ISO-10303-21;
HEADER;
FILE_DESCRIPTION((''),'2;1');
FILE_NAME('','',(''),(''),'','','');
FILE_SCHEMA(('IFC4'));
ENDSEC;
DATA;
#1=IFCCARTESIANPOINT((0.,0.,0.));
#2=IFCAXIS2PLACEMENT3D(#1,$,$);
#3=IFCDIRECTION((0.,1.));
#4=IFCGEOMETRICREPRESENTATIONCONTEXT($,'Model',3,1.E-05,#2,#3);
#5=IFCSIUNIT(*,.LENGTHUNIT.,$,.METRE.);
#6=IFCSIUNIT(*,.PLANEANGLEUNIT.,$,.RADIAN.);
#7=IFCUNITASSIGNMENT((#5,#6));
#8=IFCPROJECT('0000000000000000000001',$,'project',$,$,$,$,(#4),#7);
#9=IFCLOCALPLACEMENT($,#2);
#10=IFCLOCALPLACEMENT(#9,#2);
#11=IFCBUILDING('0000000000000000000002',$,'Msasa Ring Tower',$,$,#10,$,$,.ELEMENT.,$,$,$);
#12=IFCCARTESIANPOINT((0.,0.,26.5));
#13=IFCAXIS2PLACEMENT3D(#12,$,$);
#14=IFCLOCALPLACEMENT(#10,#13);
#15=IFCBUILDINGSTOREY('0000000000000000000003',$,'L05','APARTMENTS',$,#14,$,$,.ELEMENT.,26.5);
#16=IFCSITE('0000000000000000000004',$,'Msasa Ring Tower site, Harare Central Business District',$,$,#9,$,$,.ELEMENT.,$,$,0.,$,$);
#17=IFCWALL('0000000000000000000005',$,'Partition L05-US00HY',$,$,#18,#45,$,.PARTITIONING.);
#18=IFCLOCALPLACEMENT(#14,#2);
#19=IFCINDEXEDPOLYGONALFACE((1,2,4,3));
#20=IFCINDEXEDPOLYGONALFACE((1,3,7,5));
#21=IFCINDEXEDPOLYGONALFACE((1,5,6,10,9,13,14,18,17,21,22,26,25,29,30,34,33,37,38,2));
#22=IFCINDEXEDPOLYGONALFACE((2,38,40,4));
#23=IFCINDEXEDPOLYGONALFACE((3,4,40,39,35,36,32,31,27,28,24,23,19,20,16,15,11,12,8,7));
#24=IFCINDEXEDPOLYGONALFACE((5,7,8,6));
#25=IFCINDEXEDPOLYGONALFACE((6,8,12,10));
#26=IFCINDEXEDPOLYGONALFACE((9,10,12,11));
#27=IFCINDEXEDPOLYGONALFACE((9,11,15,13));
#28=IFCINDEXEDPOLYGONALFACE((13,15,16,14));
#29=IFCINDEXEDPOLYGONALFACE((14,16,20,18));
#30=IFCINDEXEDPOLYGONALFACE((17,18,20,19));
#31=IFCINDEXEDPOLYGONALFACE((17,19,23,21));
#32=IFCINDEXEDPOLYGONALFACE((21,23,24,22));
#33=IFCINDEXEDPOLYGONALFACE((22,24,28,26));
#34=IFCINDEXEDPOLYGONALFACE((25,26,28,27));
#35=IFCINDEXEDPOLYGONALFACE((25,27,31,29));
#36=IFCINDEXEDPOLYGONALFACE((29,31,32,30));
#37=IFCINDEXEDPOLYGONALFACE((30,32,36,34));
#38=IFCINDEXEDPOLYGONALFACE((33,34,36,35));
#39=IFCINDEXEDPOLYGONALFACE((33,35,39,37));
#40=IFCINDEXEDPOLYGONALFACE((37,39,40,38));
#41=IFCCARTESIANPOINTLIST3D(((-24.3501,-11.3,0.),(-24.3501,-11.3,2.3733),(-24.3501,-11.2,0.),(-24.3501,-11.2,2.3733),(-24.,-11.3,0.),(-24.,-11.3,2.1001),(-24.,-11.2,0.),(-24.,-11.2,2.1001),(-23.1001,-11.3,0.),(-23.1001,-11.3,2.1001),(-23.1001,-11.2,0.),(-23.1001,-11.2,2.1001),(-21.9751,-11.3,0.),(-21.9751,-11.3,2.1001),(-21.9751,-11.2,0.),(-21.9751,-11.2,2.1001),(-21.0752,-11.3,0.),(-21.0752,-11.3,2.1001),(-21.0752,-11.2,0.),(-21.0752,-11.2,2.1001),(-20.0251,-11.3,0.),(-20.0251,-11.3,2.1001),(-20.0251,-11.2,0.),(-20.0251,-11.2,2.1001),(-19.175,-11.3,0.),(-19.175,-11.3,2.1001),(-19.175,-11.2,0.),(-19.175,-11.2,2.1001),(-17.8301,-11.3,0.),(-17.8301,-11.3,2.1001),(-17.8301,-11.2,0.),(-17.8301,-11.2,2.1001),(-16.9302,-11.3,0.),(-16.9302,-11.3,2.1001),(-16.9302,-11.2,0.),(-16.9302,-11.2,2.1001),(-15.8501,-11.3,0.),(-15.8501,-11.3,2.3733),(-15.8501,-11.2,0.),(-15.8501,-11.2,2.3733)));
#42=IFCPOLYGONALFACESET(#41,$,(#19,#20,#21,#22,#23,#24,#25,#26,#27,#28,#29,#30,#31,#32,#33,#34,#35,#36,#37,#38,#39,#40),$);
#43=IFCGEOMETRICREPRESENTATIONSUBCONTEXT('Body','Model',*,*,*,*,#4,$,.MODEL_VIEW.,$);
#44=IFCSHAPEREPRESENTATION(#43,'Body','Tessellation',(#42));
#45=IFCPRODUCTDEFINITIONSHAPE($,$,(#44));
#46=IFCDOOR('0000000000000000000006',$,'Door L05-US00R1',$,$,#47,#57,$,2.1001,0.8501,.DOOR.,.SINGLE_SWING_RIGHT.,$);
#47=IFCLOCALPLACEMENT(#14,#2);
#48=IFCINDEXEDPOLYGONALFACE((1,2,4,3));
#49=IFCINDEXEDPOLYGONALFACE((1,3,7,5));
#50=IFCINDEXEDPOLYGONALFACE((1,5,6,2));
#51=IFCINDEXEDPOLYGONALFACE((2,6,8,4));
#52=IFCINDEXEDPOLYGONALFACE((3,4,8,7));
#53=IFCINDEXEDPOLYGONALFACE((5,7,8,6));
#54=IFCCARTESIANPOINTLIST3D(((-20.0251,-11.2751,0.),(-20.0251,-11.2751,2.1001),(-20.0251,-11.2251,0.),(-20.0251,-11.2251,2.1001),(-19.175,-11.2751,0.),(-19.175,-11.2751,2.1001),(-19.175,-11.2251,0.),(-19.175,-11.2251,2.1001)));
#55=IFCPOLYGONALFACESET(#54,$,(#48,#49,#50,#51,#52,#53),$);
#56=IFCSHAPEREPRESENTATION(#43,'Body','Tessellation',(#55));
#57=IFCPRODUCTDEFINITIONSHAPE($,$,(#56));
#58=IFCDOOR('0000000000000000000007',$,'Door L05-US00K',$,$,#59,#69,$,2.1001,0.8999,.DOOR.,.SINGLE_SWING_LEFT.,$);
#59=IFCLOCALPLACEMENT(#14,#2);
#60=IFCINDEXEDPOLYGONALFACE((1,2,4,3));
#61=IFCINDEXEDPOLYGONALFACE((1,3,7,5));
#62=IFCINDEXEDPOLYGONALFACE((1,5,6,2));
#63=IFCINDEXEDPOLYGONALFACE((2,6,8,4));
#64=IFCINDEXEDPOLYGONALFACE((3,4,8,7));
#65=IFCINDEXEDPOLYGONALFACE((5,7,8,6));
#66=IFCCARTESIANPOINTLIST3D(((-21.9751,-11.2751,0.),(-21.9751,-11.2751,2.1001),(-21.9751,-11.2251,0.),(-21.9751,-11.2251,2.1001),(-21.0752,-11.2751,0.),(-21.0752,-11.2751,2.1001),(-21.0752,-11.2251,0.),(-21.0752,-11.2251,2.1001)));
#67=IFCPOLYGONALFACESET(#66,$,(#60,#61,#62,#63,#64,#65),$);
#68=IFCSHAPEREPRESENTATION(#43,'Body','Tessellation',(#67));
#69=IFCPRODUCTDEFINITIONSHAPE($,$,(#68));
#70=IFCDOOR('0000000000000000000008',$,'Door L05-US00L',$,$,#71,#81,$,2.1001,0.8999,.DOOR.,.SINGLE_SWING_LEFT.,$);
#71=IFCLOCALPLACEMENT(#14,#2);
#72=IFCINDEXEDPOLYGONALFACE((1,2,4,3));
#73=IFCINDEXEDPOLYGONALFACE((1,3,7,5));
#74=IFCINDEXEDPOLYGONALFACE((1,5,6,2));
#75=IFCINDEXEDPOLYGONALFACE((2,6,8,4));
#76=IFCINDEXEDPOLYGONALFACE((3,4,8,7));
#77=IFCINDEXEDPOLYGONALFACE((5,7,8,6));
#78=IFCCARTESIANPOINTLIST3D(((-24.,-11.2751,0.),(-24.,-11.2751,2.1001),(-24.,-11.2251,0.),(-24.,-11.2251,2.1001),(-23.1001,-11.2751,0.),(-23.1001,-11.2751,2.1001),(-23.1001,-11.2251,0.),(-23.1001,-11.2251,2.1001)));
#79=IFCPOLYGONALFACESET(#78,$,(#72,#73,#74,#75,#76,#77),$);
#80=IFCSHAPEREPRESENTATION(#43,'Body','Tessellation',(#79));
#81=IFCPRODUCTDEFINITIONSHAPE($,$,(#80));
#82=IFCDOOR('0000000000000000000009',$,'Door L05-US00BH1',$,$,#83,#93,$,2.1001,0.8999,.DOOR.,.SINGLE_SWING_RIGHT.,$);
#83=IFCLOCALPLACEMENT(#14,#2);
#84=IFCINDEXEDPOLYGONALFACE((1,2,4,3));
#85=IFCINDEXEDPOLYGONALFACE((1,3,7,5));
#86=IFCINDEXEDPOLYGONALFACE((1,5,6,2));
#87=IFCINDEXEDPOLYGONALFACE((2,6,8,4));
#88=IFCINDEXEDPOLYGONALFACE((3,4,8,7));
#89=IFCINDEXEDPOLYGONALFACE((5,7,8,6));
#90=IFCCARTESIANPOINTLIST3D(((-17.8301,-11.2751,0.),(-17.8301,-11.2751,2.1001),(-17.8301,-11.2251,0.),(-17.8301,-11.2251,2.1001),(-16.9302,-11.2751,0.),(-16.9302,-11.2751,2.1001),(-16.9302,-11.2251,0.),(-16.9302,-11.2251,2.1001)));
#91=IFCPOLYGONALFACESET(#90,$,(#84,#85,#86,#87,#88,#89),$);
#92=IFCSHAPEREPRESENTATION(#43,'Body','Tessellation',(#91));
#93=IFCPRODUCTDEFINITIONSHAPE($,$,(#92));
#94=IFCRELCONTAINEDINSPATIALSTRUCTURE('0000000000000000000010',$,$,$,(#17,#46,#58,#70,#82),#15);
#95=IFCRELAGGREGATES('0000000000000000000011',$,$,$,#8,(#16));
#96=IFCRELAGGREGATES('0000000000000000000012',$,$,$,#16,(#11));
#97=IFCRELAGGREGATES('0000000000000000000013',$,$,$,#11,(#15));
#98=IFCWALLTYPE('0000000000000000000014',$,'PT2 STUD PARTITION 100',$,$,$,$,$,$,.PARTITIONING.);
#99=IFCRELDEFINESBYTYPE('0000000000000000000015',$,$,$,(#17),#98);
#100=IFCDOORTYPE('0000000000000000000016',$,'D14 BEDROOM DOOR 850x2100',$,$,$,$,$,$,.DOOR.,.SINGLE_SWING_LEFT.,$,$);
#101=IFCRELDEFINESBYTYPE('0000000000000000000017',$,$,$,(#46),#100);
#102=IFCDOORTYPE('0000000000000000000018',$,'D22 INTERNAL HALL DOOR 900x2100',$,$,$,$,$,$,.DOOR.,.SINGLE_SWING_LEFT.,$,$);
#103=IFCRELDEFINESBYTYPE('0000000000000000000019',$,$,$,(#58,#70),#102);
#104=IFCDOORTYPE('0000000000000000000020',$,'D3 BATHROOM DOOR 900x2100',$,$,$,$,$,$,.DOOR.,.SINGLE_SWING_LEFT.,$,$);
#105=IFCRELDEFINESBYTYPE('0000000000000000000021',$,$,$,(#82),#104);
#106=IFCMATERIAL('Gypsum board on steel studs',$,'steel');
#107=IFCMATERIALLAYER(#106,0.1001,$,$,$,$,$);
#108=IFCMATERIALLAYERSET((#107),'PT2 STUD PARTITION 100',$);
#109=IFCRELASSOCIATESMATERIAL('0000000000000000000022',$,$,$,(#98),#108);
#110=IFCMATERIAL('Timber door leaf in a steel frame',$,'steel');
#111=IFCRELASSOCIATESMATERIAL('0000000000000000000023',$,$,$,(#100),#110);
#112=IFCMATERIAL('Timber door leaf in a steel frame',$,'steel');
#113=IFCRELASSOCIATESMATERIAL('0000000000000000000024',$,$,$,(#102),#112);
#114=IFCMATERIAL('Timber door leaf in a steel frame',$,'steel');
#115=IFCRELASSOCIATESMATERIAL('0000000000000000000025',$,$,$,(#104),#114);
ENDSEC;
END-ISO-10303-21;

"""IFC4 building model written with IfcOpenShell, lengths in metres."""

from ifc_helpers import new_model, si_unit, direction, frame, frame_2d, origin, place, context, subcontext, project, spatial, rectangle, extrude, material, layer, layer_set, type_object, element, fill, save


model = new_model("IFC4")

# Units and contexts
model_context = context("Model", 3, precision=1e-05, world=origin(), true_north=direction((0.0, 1.0)))
body_context = subcontext(model_context, "Body", "Model", "MODEL_VIEW")
ifc_project = project(units=[si_unit("LENGTHUNIT", "METRE"), si_unit("PLANEANGLEUNIT", "RADIAN")], contexts=[model_context])

# Site, building, storey
site_placement = place(None, origin())
site = spatial("IfcSite", under=ifc_project, at=site_placement, Name="Msasa Ring Tower site, Harare Central Business District", CompositionType="ELEMENT", RefElevation=0.0)
building_placement = place(site_placement, origin())
building = spatial("IfcBuilding", under=site, at=building_placement, Name="Msasa Ring Tower", CompositionType="ELEMENT")
storey_placement = place(building_placement, frame((0.0, 0.0, 26.5)))
storey = spatial("IfcBuildingStorey", under=building, at=storey_placement, Name="L05", Description="APARTMENTS", CompositionType="ELEMENT", Elevation=26.5)

# Wall, openings, doors
ifc_material_1 = material(Name="Gypsum board on steel studs", Category="steel")
ifc_layer_1 = layer(ifc_material_1, 0.1001)
ifc_layer_set_1 = layer_set([ifc_layer_1], Name="PT2 STUD PARTITION 100")
wall_type_1 = type_object("IfcWallType", Name="PT2 STUD PARTITION 100", PredefinedType="PARTITIONING", material=ifc_layer_set_1)
wall_1_placement = place(storey_placement, frame((-24.3501, -11.25, 0.0), z_axis=(0.0, 0.0, 1.0), x_axis=(1.0, 0.0, 0.0)))
wall_1 = element("IfcWall", 1, at=wall_1_placement, inside=storey, type_object=wall_type_1, Name="Partition L05-US00HY", PredefinedType="PARTITIONING", context=body_context, shape_type="SweptSolid", body=[
    extrude(rectangle(XDim=8.5, YDim=0.1001, at=frame_2d((4.25, 0.0))), origin(), (0.0, 0.0, 1.0), 2.3733),
])
opening_1_placement = place(wall_1_placement, frame((2.375, 0.0, 0.0)))
opening_1 = element("IfcOpeningElement", 2, at=opening_1_placement, cuts=wall_1, PredefinedType="OPENING", context=body_context, shape_type="SweptSolid", body=[
    extrude(rectangle(XDim=0.8999, YDim=2.1001, at=frame_2d((0.45, 1.05))), frame((0.0, 0.0601, 0.0), z_axis=(0.0, -1.0, 0.0), x_axis=(1.0, 0.0, 0.0)), (0.0, 0.0, 1.0), 0.1201),
])
opening_2_placement = place(wall_1_placement, frame((0.3501, 0.0, 0.0)))
opening_2 = element("IfcOpeningElement", 3, at=opening_2_placement, cuts=wall_1, PredefinedType="OPENING", context=body_context, shape_type="SweptSolid", body=[
    extrude(rectangle(XDim=0.8999, YDim=2.1001, at=frame_2d((0.45, 1.05))), frame((0.0, 0.0601, 0.0), z_axis=(0.0, -1.0, 0.0), x_axis=(1.0, 0.0, 0.0)), (0.0, 0.0, 1.0), 0.1201),
])
opening_3_placement = place(wall_1_placement, frame((4.325, 0.0, 0.0)))
opening_3 = element("IfcOpeningElement", 4, at=opening_3_placement, cuts=wall_1, PredefinedType="OPENING", context=body_context, shape_type="SweptSolid", body=[
    extrude(rectangle(XDim=0.8501, YDim=2.1001, at=frame_2d((0.425, 1.05))), frame((0.0, 0.0601, 0.0), z_axis=(0.0, -1.0, 0.0), x_axis=(1.0, 0.0, 0.0)), (0.0, 0.0, 1.0), 0.1201),
])
opening_4_placement = place(wall_1_placement, frame((6.52, 0.0, 0.0)))
opening_4 = element("IfcOpeningElement", 5, at=opening_4_placement, cuts=wall_1, PredefinedType="OPENING", context=body_context, shape_type="SweptSolid", body=[
    extrude(rectangle(XDim=0.8999, YDim=2.1001, at=frame_2d((0.45, 1.05))), frame((0.0, 0.0601, 0.0), z_axis=(0.0, -1.0, 0.0), x_axis=(1.0, 0.0, 0.0)), (0.0, 0.0, 1.0), 0.1201),
])
ifc_material_2 = material(Name="Timber door leaf in a steel frame", Category="steel")
door_type_1 = type_object("IfcDoorType", Name="D14 BEDROOM DOOR 850x2100", OperationType="SINGLE_SWING_LEFT", PredefinedType="DOOR", material=ifc_material_2)
door_1_placement = place(opening_3_placement, origin())
door_1 = element("IfcDoor", 6, at=door_1_placement, inside=storey, type_object=door_type_1, Name="Door L05-US00R1", OperationType="SINGLE_SWING_RIGHT", OverallHeight=2.1001, OverallWidth=0.8501, PredefinedType="DOOR", context=body_context, shape_type="SweptSolid", body=[
    extrude(rectangle(XDim=0.8501, YDim=2.1001, at=frame_2d((0.425, 1.05))), frame((0.0, 0.0249, 0.0), z_axis=(0.0, -1.0, 0.0), x_axis=(1.0, 0.0, 0.0)), (0.0, 0.0, 1.0), 0.05),
])
fill(opening_3, door_1)
ifc_material_3 = material(Name="Timber door leaf in a steel frame", Category="steel")
door_type_2 = type_object("IfcDoorType", Name="D22 INTERNAL HALL DOOR 900x2100", OperationType="SINGLE_SWING_LEFT", PredefinedType="DOOR", material=ifc_material_3)
door_2_placement = place(opening_1_placement, origin())
door_2 = element("IfcDoor", 7, at=door_2_placement, inside=storey, type_object=door_type_2, Name="Door L05-US00K", OperationType="SINGLE_SWING_LEFT", OverallHeight=2.1001, OverallWidth=0.8999, PredefinedType="DOOR", context=body_context, shape_type="SweptSolid", body=[
    extrude(rectangle(XDim=0.8999, YDim=2.1001, at=frame_2d((0.45, 1.05))), frame((0.0, 0.0249, 0.0), z_axis=(0.0, -1.0, 0.0), x_axis=(1.0, 0.0, 0.0)), (0.0, 0.0, 1.0), 0.05),
])
fill(opening_1, door_2)
door_3_placement = place(opening_2_placement, origin())
door_3 = element("IfcDoor", 8, at=door_3_placement, inside=storey, type_object=door_type_2, Name="Door L05-US00L", OperationType="SINGLE_SWING_LEFT", OverallHeight=2.1001, OverallWidth=0.8999, PredefinedType="DOOR", context=body_context, shape_type="SweptSolid", body=[
    extrude(rectangle(XDim=0.8999, YDim=2.1001, at=frame_2d((0.45, 1.05))), frame((0.0, 0.0249, 0.0), z_axis=(0.0, -1.0, 0.0), x_axis=(1.0, 0.0, 0.0)), (0.0, 0.0, 1.0), 0.05),
])
fill(opening_2, door_3)
ifc_material_4 = material(Name="Timber door leaf in a steel frame", Category="steel")
door_type_3 = type_object("IfcDoorType", Name="D3 BATHROOM DOOR 900x2100", OperationType="SINGLE_SWING_LEFT", PredefinedType="DOOR", material=ifc_material_4)
door_4_placement = place(opening_4_placement, origin())
door_4 = element("IfcDoor", 9, at=door_4_placement, inside=storey, type_object=door_type_3, Name="Door L05-US00BH1", OperationType="SINGLE_SWING_RIGHT", OverallHeight=2.1001, OverallWidth=0.8999, PredefinedType="DOOR", context=body_context, shape_type="SweptSolid", body=[
    extrude(rectangle(XDim=0.8999, YDim=2.1001, at=frame_2d((0.45, 1.05))), frame((0.0, 0.0249, 0.0), z_axis=(0.0, -1.0, 0.0), x_axis=(1.0, 0.0, 0.0)), (0.0, 0.0, 1.0), 0.05),
])
fill(opening_4, door_4)

save(model, "model.ifc")
